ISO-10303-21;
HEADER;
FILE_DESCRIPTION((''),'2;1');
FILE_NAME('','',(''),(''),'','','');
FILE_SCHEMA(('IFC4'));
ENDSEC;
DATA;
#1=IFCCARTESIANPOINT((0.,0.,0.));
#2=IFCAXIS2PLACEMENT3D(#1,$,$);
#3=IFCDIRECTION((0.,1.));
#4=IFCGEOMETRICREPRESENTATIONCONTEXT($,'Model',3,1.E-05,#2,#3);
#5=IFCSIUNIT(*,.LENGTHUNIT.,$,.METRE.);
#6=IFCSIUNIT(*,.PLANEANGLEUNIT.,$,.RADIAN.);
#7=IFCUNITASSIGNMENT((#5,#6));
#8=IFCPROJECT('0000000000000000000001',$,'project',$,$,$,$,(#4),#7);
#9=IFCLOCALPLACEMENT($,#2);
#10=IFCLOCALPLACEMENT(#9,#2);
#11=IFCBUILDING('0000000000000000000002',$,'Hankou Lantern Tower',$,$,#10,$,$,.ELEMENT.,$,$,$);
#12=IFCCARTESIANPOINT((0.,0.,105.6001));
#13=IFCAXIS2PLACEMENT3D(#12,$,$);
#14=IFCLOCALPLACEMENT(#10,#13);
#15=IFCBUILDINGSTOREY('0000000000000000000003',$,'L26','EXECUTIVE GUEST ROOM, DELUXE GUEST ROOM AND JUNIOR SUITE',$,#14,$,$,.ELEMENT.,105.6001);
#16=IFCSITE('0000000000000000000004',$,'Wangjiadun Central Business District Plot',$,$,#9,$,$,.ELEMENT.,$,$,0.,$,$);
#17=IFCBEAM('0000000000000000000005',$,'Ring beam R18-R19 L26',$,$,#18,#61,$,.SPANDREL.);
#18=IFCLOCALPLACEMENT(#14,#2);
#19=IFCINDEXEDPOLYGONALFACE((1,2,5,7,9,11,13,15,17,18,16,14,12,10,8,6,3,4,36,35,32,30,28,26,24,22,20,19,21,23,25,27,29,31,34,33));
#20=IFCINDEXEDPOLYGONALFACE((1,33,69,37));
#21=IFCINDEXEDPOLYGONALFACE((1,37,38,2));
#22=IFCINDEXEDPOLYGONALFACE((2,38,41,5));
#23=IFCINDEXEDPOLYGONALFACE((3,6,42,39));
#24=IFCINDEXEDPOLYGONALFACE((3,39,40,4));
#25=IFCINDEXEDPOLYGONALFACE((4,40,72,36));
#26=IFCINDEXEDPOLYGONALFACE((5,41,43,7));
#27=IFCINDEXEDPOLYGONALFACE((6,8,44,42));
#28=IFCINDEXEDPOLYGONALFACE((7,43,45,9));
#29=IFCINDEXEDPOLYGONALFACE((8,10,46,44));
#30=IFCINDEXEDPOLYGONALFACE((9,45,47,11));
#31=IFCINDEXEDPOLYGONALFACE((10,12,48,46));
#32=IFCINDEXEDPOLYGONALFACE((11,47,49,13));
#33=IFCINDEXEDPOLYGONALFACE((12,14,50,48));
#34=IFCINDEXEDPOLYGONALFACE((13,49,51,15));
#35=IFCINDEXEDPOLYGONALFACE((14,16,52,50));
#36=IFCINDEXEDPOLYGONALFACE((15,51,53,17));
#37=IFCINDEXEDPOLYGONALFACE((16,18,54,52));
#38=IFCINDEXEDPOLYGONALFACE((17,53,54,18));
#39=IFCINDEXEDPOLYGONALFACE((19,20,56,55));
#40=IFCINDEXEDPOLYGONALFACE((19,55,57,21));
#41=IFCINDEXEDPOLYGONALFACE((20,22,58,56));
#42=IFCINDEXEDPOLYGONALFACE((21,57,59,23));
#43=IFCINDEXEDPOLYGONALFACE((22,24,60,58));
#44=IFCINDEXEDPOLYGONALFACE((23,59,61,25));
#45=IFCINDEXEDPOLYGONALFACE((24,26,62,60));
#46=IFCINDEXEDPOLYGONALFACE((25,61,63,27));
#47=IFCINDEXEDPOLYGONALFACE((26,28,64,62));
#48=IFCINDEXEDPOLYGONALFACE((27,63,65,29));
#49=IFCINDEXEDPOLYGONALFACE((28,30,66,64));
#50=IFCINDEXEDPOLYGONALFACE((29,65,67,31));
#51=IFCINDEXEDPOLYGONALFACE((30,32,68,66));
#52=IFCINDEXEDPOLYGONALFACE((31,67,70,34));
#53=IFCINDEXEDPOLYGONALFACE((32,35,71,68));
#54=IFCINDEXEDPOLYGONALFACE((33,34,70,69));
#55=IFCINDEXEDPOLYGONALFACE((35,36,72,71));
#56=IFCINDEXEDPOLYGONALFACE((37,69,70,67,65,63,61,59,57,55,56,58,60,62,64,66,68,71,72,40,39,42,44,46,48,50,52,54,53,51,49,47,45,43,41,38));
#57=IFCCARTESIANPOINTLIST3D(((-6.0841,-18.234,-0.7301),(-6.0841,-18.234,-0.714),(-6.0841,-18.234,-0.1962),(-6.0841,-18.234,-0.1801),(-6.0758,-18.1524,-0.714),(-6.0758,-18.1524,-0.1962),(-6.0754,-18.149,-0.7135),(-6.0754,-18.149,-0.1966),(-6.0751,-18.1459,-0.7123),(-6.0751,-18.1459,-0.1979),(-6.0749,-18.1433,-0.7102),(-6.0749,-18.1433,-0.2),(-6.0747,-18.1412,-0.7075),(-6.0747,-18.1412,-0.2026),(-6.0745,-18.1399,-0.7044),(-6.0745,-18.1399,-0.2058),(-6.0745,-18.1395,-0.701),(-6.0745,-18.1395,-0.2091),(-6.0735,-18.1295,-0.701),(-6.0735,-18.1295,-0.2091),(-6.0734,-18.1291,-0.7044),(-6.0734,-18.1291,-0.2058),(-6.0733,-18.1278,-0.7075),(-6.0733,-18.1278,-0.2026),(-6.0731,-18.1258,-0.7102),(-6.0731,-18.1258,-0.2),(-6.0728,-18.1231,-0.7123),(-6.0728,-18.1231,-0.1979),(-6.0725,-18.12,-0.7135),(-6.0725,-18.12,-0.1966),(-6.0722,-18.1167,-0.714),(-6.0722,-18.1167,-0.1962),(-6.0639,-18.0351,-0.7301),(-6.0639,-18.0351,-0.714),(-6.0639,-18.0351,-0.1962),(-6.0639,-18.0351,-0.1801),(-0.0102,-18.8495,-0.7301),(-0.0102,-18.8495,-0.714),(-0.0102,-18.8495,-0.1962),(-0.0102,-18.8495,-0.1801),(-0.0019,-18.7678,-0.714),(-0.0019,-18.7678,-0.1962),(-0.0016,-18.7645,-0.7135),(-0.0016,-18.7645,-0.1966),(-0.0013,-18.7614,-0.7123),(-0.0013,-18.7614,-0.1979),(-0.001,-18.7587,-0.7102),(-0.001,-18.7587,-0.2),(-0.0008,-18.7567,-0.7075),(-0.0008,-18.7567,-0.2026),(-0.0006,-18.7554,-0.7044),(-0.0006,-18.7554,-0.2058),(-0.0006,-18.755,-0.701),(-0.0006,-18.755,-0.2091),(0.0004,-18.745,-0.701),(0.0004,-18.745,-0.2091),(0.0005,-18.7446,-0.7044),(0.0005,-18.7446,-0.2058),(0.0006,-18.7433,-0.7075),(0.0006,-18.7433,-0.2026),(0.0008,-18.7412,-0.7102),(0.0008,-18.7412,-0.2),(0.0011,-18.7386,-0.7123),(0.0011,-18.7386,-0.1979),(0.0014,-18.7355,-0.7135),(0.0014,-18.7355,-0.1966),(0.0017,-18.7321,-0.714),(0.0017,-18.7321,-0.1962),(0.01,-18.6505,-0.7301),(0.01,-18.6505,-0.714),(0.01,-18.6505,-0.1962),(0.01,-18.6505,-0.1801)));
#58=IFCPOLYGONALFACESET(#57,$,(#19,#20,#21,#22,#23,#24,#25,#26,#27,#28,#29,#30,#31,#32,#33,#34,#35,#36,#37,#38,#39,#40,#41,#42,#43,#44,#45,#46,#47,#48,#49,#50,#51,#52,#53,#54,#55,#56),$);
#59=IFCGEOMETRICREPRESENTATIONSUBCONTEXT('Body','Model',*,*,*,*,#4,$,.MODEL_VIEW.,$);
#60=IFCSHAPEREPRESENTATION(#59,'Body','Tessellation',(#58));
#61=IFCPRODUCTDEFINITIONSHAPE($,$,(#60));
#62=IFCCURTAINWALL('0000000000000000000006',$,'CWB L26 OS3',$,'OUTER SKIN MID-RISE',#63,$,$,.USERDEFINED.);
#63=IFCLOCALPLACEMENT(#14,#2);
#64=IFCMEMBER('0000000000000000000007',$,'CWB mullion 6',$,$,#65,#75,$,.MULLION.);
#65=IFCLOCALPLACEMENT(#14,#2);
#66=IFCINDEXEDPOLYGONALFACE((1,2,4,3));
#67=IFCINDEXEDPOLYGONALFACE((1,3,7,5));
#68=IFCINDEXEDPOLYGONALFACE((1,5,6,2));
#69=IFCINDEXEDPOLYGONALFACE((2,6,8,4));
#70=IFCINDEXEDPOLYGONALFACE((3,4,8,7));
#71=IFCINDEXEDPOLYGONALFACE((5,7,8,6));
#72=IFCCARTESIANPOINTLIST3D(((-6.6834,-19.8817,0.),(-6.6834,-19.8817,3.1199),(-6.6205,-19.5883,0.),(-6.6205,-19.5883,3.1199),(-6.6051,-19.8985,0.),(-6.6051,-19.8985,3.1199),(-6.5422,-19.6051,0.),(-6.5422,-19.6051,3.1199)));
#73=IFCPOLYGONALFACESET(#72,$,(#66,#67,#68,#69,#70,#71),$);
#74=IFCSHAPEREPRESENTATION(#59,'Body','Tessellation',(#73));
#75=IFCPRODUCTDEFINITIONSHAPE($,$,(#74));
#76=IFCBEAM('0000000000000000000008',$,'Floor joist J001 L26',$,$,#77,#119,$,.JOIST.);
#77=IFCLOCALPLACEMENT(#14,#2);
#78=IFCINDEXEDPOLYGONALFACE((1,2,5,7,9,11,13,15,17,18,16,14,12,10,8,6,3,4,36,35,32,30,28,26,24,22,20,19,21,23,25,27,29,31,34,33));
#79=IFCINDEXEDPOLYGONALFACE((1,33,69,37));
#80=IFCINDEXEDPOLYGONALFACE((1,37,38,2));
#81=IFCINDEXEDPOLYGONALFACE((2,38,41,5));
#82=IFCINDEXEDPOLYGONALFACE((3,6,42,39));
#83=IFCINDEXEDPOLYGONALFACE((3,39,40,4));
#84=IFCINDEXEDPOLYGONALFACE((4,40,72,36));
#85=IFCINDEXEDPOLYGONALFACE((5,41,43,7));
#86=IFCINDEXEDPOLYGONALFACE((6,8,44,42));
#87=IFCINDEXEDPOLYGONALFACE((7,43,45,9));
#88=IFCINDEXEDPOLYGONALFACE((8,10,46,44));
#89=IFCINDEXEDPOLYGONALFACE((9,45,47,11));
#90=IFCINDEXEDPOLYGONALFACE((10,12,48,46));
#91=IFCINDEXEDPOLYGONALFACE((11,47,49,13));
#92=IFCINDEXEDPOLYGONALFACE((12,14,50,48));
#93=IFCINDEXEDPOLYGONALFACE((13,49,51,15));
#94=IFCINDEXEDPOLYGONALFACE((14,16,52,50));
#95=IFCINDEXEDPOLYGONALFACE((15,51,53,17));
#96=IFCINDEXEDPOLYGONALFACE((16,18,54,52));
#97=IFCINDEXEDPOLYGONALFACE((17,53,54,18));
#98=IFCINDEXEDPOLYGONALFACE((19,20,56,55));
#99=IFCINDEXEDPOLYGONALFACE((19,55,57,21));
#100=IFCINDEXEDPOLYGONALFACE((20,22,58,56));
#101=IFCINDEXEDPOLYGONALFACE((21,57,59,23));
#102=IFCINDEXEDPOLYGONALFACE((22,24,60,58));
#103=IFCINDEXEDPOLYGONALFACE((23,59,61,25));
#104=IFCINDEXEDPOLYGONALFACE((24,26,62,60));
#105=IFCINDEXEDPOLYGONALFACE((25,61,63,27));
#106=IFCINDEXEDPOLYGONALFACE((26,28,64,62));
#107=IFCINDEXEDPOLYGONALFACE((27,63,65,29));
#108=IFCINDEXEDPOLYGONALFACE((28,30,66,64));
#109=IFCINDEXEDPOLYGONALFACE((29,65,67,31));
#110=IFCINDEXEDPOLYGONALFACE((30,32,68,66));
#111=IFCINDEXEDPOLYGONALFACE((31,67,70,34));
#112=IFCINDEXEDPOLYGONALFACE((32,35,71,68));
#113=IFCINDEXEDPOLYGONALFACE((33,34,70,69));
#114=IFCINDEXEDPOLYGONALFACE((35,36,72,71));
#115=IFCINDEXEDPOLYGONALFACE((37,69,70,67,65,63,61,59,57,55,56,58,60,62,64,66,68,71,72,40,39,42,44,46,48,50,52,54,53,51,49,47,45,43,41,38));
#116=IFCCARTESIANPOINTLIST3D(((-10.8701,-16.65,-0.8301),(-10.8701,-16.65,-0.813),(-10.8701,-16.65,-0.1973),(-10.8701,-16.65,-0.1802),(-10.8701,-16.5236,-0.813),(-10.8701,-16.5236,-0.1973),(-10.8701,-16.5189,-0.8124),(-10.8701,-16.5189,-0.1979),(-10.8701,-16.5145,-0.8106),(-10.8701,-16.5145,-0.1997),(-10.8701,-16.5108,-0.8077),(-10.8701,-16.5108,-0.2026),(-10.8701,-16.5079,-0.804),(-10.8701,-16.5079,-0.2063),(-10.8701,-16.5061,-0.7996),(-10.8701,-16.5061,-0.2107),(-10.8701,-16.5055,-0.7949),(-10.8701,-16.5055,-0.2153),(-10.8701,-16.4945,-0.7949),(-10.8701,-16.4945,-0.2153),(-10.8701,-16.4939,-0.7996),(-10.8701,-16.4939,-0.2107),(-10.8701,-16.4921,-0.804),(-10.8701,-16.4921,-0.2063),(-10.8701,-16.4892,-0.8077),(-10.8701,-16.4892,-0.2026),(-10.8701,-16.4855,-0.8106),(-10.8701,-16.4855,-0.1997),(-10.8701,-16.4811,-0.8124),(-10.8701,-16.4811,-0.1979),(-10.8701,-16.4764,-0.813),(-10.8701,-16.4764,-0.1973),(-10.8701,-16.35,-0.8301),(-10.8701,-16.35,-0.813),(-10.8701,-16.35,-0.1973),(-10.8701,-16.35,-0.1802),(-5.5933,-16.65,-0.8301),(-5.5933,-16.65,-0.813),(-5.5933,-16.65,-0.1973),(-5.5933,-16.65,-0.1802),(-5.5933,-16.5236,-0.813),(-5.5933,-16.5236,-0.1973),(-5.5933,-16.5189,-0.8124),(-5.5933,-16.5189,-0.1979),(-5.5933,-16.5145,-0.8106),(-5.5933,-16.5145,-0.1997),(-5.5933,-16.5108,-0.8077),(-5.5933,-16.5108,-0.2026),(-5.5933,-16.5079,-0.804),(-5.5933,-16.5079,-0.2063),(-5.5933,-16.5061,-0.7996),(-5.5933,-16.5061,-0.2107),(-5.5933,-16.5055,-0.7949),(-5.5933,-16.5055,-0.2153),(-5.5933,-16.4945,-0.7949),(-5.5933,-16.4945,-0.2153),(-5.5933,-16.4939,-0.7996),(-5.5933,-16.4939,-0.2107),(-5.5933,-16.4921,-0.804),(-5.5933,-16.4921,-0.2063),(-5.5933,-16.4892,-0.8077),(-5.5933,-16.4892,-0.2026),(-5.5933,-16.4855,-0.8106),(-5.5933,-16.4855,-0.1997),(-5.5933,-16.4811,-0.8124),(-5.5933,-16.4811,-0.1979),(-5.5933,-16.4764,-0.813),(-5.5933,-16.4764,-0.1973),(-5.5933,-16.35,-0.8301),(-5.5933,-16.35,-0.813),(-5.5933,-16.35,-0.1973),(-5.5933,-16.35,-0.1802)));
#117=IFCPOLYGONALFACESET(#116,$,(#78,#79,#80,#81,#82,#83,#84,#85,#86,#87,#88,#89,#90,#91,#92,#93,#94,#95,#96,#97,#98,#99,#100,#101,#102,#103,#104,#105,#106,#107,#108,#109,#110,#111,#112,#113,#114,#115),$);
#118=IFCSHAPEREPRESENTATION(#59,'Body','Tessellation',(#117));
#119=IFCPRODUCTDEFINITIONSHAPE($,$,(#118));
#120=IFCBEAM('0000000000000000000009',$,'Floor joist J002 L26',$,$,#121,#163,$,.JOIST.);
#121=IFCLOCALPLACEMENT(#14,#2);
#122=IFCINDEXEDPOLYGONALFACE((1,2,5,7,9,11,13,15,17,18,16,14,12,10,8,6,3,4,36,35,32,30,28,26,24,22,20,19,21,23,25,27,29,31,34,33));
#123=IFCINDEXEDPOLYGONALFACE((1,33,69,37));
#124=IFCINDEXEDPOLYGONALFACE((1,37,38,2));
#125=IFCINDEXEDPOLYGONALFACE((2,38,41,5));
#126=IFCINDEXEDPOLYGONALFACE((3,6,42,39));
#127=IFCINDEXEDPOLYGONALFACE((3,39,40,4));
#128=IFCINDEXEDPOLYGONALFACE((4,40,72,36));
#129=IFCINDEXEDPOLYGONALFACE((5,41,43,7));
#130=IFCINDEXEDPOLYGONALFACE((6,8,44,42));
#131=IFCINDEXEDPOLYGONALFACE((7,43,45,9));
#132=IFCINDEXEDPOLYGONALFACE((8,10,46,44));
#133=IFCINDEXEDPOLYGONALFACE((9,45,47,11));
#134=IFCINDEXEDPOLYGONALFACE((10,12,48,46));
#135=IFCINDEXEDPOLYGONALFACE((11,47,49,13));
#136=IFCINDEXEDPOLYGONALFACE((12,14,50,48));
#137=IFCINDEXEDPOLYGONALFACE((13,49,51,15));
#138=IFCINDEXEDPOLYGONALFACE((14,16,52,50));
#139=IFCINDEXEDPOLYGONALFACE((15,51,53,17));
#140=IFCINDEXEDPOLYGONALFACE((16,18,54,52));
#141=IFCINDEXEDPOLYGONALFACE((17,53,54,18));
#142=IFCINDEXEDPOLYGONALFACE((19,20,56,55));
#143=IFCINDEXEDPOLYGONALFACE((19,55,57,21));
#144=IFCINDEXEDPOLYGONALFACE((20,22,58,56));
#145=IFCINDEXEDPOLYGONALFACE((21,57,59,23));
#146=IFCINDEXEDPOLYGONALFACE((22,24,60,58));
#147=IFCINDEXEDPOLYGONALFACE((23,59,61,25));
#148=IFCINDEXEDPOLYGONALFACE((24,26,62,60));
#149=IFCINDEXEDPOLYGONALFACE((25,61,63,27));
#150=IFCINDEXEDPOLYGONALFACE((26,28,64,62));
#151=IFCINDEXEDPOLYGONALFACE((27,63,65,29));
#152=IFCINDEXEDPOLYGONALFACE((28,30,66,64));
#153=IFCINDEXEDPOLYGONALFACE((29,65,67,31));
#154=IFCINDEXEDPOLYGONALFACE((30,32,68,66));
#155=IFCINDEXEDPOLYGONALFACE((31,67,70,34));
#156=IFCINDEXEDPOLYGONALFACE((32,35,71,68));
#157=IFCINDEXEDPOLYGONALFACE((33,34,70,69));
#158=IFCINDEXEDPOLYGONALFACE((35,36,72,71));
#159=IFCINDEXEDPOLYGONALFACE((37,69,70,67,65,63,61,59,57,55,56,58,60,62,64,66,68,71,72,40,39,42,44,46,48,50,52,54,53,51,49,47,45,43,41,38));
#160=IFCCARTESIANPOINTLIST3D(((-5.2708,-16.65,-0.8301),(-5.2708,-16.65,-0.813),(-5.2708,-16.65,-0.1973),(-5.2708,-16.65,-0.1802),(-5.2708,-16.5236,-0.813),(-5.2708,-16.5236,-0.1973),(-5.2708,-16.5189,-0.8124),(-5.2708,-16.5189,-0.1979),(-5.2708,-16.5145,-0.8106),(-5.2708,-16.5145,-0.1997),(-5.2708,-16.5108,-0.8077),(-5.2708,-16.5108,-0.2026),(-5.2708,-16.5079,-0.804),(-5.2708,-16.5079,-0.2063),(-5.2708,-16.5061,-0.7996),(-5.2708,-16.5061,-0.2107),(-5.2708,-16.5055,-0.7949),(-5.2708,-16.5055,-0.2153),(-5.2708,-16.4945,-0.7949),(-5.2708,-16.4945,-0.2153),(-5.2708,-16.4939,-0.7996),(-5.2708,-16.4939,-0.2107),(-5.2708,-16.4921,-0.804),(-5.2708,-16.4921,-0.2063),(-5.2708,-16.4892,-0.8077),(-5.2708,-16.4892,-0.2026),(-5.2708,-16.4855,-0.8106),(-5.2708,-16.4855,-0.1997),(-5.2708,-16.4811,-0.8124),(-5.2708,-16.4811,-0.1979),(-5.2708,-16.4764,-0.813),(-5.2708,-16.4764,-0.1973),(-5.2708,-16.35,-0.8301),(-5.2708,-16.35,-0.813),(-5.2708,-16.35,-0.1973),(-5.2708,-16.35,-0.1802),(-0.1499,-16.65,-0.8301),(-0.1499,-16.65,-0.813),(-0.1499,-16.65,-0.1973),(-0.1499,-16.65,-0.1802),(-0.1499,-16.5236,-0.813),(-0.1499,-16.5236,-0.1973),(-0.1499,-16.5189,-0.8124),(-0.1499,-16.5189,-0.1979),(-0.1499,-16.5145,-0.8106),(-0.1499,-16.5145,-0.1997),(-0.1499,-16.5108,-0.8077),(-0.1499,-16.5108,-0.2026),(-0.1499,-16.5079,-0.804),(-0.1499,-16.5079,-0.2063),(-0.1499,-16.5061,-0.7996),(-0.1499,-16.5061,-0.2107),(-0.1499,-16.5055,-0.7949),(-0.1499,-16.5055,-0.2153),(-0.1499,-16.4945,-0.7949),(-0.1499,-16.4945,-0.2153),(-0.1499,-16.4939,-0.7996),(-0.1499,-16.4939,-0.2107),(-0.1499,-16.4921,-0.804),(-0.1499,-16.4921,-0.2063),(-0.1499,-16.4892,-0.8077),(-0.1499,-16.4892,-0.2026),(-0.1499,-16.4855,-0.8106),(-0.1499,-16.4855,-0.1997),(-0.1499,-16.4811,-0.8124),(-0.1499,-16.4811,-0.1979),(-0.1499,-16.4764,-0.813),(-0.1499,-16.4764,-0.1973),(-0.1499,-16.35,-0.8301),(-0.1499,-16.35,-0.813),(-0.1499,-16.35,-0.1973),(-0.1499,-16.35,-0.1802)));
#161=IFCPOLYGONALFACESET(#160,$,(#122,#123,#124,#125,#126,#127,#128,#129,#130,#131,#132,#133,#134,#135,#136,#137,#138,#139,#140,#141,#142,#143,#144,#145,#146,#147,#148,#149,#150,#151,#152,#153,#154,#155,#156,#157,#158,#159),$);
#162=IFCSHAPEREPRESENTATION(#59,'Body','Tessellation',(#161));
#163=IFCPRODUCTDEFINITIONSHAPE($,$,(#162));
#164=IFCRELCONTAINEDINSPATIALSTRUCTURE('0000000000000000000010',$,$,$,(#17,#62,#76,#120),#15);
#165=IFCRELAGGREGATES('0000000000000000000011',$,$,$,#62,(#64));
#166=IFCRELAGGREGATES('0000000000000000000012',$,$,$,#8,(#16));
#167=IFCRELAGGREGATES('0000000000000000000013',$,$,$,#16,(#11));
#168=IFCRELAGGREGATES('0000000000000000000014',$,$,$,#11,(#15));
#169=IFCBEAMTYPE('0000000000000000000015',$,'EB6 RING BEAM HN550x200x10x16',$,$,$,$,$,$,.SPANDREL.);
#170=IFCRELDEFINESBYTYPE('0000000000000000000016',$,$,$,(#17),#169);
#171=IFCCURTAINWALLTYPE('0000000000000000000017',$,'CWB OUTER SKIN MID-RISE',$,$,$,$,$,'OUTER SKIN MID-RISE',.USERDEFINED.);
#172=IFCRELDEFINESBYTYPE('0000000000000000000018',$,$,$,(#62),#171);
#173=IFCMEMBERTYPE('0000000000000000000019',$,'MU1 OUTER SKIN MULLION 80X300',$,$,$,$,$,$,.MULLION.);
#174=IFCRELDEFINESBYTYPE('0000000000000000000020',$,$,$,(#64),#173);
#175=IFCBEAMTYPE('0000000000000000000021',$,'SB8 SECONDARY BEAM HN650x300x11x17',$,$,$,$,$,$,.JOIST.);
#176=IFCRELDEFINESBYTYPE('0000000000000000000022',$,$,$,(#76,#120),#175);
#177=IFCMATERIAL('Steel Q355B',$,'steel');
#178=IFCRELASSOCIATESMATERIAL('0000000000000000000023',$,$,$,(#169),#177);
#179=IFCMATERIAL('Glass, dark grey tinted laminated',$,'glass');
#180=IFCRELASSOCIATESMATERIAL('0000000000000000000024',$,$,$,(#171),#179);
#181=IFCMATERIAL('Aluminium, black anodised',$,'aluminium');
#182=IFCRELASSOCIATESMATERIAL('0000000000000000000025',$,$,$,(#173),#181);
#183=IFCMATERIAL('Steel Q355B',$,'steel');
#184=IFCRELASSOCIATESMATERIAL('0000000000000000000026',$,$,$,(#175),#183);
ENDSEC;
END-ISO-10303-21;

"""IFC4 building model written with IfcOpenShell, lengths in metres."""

from ifc_helpers import new_model, si_unit, direction, frame, origin, origin_2d, place, context, subcontext, project, spatial, rectangle, i_section, extrude, material, material_profile, profile_set, type_object, element, aggregate, save


model = new_model("IFC4")

# Units and contexts
model_context = context("Model", 3, precision=1e-05, world=origin(), true_north=direction((0.0, 1.0)))
body_context = subcontext(model_context, "Body", "Model", "MODEL_VIEW")
ifc_project = project(units=[si_unit("LENGTHUNIT", "METRE"), si_unit("PLANEANGLEUNIT", "RADIAN")], contexts=[model_context])

# Site, building, storey
site_placement = place(None, origin())
site = spatial("IfcSite", under=ifc_project, at=site_placement, Name="Wangjiadun Central Business District Plot", CompositionType="ELEMENT", RefElevation=0.0)
building_placement = place(site_placement, origin())
building = spatial("IfcBuilding", under=site, at=building_placement, Name="Hankou Lantern Tower", CompositionType="ELEMENT")
storey_placement = place(building_placement, frame((0.0, 0.0, 105.6001)))
storey = spatial("IfcBuildingStorey", under=building, at=storey_placement, Name="L26", Description="EXECUTIVE GUEST ROOM, DELUXE GUEST ROOM AND JUNIOR SUITE", CompositionType="ELEMENT", Elevation=105.6001)

# Beam
ifc_material_1 = material(Name="Steel Q355B", Category="steel")
ifc_material_profile_1 = material_profile(ifc_material_1, i_section(OverallWidth=0.2, OverallDepth=0.55, WebThickness=0.01, FlangeThickness=0.0161, FilletRadius=0.0129, at=origin_2d()), Name="HN550x200x10x16")
ifc_profile_set_1 = profile_set([ifc_material_profile_1], Name="Steel Q355B")
beam_type_1 = type_object("IfcBeamType", Name="EB6 RING BEAM HN550x200x10x16", PredefinedType="SPANDREL", material=ifc_profile_set_1)
beam_1_placement = place(storey_placement, frame((-6.074, -18.1345, -0.4551), z_axis=(0.994905, -0.100814, 0.0), x_axis=(0.100814, 0.994905, 0.0)))
element("IfcBeam", 1, at=beam_1_placement, inside=storey, type_object=beam_type_1, Name="Ring beam R18-R19 L26", PredefinedType="SPANDREL", context=body_context, shape_type="SweptSolid", body=[
    extrude(i_section(OverallWidth=0.2, OverallDepth=0.55, WebThickness=0.01, FlangeThickness=0.0161, FilletRadius=0.0129, at=origin_2d()), origin(), (0.0, 0.0, 1.0), 6.105),
])

# Curtain wall, member
ifc_material_2 = material(Name="Glass, dark grey tinted laminated", Category="glass")
curtain_wall_type = type_object("IfcCurtainWallType", Name="CWB OUTER SKIN MID-RISE", ElementType="OUTER SKIN MID-RISE", PredefinedType="USERDEFINED", material=ifc_material_2)
curtain_wall_placement = place(storey_placement, origin())
curtain_wall = element("IfcCurtainWall", 2, at=curtain_wall_placement, inside=storey, type_object=curtain_wall_type, Name="CWB L26 OS3", ObjectType="OUTER SKIN MID-RISE", PredefinedType="USERDEFINED")
ifc_material_3 = material(Name="Aluminium, black anodised", Category="aluminium")
ifc_material_profile_2 = material_profile(ifc_material_3, rectangle(XDim=0.0801, YDim=0.3, at=origin_2d()), Name="MU1 80X300")
ifc_profile_set_2 = profile_set([ifc_material_profile_2], Name="Aluminium, black anodised")
member_type_1 = type_object("IfcMemberType", Name="MU1 OUTER SKIN MULLION 80X300", PredefinedType="MULLION", material=ifc_profile_set_2)
member_1_placement = place(storey_placement, frame((-6.6128, -19.7434, 0.0), z_axis=(0.0, 0.0, 1.0), x_axis=(0.977788, -0.209598, 0.0)))
member_1 = element("IfcMember", 3, at=member_1_placement, type_object=member_type_1, Name="CWB mullion 6", PredefinedType="MULLION", context=body_context, shape_type="SweptSolid", body=[
    extrude(rectangle(XDim=0.0801, YDim=0.3, at=origin_2d()), origin(), (0.0, 0.0, 1.0), 3.1199),
])

# Beams
ifc_material_4 = material(Name="Steel Q355B", Category="steel")
ifc_material_profile_3 = material_profile(ifc_material_4, i_section(OverallWidth=0.3, OverallDepth=0.6499, WebThickness=0.011, FlangeThickness=0.0171, FilletRadius=0.0181, at=origin_2d()), Name="HN650x300x11x17")
ifc_profile_set_3 = profile_set([ifc_material_profile_3], Name="Steel Q355B")
beam_type_2 = type_object("IfcBeamType", Name="SB8 SECONDARY BEAM HN650x300x11x17", PredefinedType="JOIST", material=ifc_profile_set_3)
beam_2_placement = place(storey_placement, frame((-10.8701, -16.5, -0.5051), z_axis=(1.0, 0.0, 0.0), x_axis=(0.0, 1.0, 0.0)))
element("IfcBeam", 4, at=beam_2_placement, inside=storey, type_object=beam_type_2, Name="Floor joist J001 L26", PredefinedType="JOIST", context=body_context, shape_type="SweptSolid", body=[
    extrude(i_section(OverallWidth=0.3, OverallDepth=0.6499, WebThickness=0.011, FlangeThickness=0.0171, FilletRadius=0.0181, at=origin_2d()), origin(), (0.0, 0.0, 1.0), 5.2769),
])
beam_3_placement = place(storey_placement, frame((-5.2708, -16.5, -0.5051), z_axis=(1.0, 0.0, 0.0), x_axis=(0.0, 1.0, 0.0)))
element("IfcBeam", 5, at=beam_3_placement, inside=storey, type_object=beam_type_2, Name="Floor joist J002 L26", PredefinedType="JOIST", context=body_context, shape_type="SweptSolid", body=[
    extrude(i_section(OverallWidth=0.3, OverallDepth=0.6499, WebThickness=0.011, FlangeThickness=0.0171, FilletRadius=0.0181, at=origin_2d()), origin(), (0.0, 0.0, 1.0), 5.1208),
])

aggregate(curtain_wall, [member_1])

save(model, "model.ifc")
